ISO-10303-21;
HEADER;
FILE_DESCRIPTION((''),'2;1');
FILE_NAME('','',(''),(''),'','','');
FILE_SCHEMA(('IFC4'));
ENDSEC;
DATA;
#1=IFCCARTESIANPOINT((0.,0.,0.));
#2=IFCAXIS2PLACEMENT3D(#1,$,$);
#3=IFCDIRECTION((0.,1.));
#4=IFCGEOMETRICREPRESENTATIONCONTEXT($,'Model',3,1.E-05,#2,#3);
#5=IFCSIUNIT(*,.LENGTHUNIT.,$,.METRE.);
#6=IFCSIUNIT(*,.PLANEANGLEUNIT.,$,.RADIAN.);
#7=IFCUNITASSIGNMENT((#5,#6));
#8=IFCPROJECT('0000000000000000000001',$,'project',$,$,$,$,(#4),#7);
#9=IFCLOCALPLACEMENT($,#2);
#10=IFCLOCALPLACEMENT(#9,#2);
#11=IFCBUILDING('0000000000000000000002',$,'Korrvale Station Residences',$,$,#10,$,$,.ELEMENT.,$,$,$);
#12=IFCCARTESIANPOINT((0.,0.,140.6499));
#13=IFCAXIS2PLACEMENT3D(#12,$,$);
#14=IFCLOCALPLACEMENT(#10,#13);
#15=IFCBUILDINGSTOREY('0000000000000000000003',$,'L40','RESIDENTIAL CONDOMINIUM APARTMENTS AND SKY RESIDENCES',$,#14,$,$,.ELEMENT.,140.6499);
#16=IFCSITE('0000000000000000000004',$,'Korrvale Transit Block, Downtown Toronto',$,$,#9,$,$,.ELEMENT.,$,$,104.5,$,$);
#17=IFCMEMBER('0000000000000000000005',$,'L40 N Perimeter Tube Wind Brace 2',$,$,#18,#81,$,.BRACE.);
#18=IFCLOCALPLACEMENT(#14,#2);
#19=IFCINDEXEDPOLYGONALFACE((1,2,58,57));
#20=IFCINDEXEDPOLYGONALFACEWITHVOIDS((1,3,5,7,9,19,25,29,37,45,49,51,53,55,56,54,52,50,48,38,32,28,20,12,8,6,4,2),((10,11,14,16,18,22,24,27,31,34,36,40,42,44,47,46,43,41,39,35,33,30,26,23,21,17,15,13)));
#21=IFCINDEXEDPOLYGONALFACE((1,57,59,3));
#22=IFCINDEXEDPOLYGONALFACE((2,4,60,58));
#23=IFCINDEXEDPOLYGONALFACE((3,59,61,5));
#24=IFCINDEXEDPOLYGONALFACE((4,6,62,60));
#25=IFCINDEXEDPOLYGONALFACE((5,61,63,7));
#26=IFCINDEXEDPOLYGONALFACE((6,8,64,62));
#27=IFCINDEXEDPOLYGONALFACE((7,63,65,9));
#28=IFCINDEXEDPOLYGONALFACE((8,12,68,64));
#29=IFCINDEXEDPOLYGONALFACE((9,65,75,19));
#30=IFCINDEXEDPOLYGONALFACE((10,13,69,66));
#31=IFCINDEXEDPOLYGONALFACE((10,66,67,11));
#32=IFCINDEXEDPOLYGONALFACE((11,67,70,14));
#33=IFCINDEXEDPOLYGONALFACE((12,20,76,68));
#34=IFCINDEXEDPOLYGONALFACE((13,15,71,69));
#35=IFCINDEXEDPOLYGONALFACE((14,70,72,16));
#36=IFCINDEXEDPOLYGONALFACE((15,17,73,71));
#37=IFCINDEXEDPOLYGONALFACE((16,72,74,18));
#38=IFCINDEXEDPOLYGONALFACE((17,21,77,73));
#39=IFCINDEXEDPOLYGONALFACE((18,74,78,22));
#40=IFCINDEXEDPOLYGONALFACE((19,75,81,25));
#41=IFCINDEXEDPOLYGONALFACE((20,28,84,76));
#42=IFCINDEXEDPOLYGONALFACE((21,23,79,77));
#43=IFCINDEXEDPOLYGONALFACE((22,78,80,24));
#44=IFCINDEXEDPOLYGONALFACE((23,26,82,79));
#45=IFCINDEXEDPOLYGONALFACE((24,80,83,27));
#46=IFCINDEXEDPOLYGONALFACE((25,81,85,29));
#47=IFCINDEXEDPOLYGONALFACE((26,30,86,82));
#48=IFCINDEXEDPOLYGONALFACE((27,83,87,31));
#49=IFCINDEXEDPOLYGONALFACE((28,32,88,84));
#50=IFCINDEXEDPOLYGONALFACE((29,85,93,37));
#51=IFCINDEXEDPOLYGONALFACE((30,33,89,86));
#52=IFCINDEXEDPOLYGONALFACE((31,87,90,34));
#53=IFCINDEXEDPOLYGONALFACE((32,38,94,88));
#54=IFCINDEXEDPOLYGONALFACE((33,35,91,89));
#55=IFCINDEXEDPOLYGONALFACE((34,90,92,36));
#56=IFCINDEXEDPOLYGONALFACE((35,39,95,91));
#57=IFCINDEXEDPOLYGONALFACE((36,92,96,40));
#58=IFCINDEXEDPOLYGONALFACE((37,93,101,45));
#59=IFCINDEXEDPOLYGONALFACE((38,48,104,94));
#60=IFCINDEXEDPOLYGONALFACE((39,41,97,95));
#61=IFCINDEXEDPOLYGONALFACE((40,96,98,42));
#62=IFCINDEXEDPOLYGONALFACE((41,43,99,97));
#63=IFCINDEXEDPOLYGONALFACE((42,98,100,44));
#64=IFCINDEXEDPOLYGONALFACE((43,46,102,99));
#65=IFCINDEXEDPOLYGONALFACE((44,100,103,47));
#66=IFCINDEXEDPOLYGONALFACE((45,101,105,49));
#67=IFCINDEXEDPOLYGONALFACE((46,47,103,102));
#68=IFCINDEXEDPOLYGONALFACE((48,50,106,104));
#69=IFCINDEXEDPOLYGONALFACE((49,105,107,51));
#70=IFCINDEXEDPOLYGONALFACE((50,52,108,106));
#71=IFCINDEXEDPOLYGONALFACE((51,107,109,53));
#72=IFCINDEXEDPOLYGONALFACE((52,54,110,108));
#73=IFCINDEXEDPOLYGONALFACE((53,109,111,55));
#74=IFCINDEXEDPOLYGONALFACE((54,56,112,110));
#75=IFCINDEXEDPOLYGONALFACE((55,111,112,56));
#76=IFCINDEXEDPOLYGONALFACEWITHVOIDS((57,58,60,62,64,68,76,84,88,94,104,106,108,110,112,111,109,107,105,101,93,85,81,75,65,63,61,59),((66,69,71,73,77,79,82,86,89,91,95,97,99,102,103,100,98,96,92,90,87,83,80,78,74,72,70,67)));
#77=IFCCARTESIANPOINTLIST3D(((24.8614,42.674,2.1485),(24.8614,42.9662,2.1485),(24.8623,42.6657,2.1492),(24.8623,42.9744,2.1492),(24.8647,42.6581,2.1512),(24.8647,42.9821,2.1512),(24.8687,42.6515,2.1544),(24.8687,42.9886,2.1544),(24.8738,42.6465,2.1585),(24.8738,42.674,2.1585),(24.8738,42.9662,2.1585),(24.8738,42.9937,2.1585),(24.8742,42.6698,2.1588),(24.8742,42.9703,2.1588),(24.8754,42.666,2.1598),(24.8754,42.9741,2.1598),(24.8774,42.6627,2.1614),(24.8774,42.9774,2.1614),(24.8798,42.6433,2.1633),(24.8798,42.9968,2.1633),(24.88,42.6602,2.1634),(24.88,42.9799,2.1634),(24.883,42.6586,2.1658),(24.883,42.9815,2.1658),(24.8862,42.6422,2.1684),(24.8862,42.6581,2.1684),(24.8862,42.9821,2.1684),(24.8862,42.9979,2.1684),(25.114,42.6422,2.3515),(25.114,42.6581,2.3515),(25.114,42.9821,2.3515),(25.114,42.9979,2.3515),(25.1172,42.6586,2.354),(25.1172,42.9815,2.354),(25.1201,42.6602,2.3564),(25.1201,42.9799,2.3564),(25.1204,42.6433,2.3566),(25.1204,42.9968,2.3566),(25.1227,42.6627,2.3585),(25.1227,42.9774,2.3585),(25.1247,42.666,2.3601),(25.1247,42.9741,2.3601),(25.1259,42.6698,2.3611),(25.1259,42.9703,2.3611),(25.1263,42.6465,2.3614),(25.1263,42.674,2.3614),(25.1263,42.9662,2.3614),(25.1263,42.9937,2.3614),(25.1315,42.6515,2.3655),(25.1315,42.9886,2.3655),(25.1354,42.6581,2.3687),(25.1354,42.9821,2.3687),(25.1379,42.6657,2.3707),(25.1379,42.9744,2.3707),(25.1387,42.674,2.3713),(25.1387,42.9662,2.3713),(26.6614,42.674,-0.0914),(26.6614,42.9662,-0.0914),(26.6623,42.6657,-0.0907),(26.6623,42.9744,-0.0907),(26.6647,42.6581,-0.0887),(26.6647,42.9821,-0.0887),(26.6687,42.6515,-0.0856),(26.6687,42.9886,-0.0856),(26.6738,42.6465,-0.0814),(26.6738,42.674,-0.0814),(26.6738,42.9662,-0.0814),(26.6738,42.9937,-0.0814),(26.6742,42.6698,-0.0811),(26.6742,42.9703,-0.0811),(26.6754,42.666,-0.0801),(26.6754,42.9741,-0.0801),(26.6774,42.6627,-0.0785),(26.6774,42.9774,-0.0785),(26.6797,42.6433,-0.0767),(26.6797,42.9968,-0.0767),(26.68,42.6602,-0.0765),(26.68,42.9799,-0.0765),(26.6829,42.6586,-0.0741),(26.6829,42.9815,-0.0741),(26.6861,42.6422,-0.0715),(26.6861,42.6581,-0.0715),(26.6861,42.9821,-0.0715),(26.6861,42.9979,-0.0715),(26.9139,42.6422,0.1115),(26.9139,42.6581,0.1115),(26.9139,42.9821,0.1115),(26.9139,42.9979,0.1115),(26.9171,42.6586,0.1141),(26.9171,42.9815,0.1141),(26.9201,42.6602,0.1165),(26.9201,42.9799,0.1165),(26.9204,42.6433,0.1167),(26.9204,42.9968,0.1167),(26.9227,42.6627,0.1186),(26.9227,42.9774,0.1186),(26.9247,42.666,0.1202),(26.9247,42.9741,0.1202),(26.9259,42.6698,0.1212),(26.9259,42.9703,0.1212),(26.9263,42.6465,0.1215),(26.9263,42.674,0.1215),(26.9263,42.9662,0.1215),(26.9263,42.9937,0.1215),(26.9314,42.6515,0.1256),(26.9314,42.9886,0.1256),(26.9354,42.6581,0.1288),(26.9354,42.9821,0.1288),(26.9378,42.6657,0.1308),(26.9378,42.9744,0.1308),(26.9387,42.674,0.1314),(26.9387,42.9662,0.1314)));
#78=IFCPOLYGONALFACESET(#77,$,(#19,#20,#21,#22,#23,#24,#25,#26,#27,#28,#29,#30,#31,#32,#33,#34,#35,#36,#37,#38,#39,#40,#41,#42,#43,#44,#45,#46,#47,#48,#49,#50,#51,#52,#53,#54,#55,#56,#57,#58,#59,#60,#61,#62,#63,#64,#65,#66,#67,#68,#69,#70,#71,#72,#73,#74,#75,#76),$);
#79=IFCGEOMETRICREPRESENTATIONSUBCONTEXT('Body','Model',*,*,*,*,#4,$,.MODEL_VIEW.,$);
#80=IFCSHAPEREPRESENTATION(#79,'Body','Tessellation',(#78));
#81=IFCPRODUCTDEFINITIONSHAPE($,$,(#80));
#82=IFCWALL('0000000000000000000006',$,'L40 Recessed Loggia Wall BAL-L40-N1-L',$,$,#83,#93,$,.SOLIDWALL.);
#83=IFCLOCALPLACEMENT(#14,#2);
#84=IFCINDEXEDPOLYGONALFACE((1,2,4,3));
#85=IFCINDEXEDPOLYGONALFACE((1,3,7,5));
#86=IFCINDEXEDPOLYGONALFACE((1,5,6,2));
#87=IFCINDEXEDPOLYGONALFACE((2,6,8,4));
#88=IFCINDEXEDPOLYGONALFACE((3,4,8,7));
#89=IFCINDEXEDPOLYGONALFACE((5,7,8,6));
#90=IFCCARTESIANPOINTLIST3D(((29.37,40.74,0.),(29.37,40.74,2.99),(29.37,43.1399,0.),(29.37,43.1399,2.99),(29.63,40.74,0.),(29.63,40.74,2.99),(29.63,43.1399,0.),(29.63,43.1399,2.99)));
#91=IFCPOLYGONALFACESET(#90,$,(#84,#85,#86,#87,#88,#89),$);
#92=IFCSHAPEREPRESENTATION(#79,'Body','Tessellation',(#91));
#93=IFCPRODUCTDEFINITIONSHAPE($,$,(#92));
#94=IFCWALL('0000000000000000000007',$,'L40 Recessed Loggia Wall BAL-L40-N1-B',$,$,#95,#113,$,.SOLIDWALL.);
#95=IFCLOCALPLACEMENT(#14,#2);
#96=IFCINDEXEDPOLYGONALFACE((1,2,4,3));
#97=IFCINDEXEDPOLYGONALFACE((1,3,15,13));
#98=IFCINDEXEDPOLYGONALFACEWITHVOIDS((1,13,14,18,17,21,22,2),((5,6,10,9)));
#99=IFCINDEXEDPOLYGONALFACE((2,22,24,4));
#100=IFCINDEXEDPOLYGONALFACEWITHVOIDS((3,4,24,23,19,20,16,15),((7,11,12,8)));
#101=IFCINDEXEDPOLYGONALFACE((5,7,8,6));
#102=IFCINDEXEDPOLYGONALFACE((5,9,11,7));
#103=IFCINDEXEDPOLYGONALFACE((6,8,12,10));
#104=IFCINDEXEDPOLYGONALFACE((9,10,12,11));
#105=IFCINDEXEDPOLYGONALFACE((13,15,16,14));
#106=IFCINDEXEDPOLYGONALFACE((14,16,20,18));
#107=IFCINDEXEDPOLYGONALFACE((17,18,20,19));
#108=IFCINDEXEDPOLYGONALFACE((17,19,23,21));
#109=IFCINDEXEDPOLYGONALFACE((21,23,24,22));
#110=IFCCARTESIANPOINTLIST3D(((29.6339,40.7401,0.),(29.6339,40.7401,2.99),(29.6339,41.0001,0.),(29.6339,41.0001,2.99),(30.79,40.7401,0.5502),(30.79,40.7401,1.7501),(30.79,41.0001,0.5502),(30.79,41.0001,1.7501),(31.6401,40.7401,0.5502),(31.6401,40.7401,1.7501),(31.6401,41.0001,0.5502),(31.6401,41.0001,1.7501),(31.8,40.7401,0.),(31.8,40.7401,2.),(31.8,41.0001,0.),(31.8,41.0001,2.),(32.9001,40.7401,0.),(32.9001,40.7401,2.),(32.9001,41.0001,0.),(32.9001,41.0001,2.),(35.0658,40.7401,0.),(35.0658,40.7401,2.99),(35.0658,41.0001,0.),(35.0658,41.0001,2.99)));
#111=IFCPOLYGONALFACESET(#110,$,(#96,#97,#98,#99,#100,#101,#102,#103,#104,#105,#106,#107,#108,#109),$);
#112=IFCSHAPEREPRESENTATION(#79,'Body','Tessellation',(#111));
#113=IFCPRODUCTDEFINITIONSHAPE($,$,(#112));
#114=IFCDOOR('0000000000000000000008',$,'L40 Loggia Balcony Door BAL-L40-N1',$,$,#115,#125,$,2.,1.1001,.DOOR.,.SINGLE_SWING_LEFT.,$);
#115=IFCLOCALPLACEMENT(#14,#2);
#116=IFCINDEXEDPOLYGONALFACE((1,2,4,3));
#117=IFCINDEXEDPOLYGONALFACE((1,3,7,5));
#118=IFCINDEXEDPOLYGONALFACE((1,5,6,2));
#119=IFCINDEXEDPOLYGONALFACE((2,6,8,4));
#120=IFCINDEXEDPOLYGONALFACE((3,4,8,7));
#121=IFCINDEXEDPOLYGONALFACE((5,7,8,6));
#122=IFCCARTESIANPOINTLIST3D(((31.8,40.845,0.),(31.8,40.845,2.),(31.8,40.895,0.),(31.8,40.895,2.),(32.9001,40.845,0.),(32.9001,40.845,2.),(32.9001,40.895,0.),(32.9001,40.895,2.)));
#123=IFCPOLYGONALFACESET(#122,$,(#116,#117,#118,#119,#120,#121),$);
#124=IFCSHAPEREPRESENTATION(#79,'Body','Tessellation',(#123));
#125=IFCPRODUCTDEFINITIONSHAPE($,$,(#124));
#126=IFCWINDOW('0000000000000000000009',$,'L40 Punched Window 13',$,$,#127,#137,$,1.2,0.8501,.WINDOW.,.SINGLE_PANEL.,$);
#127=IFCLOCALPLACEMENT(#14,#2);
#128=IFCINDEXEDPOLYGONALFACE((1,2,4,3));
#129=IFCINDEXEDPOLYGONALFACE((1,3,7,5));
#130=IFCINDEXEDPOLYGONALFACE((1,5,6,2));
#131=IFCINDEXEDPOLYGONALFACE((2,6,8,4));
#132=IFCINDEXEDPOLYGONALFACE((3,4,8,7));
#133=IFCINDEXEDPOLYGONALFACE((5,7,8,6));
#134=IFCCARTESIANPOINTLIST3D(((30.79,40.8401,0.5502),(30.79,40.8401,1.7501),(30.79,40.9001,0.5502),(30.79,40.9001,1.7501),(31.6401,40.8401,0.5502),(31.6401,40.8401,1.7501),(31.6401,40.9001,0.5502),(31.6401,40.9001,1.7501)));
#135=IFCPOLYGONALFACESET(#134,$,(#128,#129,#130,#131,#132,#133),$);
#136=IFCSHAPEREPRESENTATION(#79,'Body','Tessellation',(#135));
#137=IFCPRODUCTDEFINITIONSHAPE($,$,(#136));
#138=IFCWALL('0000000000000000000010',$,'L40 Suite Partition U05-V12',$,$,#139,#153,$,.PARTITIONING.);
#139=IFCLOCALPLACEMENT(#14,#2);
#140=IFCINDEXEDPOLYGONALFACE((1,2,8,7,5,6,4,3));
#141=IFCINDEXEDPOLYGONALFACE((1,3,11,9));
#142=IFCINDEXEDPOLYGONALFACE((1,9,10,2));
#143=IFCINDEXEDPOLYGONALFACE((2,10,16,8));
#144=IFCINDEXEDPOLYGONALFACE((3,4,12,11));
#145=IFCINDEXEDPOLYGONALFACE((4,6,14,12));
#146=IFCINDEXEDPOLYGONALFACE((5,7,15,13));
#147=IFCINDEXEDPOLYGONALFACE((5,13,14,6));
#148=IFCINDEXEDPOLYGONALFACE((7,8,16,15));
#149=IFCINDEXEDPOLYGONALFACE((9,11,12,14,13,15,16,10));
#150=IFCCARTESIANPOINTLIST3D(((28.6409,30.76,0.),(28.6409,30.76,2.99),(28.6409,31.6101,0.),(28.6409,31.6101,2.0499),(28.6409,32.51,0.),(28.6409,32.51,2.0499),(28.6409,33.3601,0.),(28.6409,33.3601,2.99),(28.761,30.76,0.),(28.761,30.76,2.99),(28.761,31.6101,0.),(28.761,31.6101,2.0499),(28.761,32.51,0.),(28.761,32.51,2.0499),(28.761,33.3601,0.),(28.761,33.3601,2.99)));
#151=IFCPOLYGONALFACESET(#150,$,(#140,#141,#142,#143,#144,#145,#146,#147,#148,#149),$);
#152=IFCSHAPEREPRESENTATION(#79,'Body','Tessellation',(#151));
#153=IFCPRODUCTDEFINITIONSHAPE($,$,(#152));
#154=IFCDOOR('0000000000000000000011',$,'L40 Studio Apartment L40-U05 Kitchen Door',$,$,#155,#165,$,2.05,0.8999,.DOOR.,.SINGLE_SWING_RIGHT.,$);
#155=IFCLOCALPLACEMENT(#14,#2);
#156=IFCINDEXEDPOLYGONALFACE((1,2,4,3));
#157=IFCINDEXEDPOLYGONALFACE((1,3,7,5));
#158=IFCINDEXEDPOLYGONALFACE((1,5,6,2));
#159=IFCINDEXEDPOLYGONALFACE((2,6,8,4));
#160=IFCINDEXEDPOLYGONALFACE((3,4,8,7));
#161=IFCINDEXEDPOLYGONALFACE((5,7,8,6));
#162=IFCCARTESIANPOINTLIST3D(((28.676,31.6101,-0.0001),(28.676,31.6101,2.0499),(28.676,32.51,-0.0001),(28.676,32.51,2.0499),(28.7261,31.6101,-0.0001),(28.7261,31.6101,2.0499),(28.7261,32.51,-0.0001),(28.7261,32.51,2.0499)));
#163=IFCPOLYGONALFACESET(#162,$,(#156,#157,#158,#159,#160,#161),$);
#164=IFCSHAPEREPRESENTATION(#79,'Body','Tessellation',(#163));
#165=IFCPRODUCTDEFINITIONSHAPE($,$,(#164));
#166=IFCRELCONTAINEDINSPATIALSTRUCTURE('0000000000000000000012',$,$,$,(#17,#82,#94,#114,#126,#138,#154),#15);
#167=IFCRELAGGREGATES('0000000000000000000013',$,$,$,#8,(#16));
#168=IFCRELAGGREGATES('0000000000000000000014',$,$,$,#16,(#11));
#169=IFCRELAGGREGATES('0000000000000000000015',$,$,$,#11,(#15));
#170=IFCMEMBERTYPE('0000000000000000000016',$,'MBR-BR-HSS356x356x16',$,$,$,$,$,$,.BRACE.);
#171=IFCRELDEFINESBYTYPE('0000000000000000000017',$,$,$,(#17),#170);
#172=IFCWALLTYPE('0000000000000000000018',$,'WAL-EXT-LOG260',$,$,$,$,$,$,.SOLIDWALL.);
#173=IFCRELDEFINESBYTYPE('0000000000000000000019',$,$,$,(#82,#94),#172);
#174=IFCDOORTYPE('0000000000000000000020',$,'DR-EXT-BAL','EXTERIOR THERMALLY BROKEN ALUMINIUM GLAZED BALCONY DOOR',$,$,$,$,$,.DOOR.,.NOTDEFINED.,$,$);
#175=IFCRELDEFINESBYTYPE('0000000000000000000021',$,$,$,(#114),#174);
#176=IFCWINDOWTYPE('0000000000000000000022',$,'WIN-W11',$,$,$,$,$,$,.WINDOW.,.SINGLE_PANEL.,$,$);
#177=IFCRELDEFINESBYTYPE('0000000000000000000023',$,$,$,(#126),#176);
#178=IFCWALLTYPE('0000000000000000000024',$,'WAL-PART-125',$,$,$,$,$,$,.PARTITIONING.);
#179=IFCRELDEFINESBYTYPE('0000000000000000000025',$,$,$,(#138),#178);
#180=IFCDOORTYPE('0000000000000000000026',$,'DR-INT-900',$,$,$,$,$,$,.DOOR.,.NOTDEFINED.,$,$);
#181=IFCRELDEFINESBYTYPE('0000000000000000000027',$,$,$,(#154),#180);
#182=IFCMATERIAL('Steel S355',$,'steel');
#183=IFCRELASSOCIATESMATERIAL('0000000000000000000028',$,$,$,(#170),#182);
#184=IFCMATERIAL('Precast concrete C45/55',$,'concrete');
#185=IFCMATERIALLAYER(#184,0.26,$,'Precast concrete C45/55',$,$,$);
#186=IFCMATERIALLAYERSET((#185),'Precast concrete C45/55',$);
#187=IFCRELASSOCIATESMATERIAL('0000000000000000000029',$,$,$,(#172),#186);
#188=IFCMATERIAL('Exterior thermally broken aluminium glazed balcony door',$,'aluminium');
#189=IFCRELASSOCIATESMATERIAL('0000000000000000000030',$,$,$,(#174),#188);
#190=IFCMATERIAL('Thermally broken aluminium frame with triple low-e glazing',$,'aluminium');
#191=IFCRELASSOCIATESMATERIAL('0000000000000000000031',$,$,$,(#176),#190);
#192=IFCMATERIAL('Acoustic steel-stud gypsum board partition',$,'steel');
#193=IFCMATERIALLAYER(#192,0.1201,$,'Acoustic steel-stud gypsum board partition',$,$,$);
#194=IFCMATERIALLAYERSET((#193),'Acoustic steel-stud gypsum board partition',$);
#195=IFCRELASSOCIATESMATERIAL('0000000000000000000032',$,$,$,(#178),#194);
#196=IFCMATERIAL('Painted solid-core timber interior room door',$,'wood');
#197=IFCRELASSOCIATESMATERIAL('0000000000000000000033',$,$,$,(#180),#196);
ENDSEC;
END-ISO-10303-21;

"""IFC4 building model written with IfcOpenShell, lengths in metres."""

from ifc_helpers import new_model, si_unit, direction, frame, frame_2d, origin, origin_2d, place, context, subcontext, project, spatial, rectangle, hollow_rectangle, extrude, material, layer, layer_set, material_profile, profile_set, type_object, element, fill, save


model = new_model("IFC4")

# Units and contexts
model_context = context("Model", 3, precision=1e-05, world=origin(), true_north=direction((0.0, 1.0)))
body_context = subcontext(model_context, "Body", "Model", "MODEL_VIEW")
ifc_project = project(units=[si_unit("LENGTHUNIT", "METRE"), si_unit("PLANEANGLEUNIT", "RADIAN")], contexts=[model_context])

# Site, building, storey
site_placement = place(None, origin())
site = spatial("IfcSite", under=ifc_project, at=site_placement, Name="Korrvale Transit Block, Downtown Toronto", CompositionType="ELEMENT", RefElevation=104.5)
building_placement = place(site_placement, origin())
building = spatial("IfcBuilding", under=site, at=building_placement, Name="Korrvale Station Residences", CompositionType="ELEMENT")
storey_placement = place(building_placement, frame((0.0, 0.0, 140.6499)))
storey = spatial("IfcBuildingStorey", under=building, at=storey_placement, Name="L40", Description="RESIDENTIAL CONDOMINIUM APARTMENTS AND SKY RESIDENCES", CompositionType="ELEMENT", Elevation=140.6499)

# Shared definitions
ifc_material_1 = material(Name="Steel S355", Category="steel")

# Member
ifc_material_profile_1 = material_profile(ifc_material_1, hollow_rectangle(XDim=0.3557, YDim=0.3557, WallThickness=0.0159, InnerFilletRadius=0.0159, OuterFilletRadius=0.0317, at=origin_2d()), Name="HSS356x356x16")
ifc_profile_set_1 = profile_set([ifc_material_profile_1], Name="Steel S355")
member_type = type_object("IfcMemberType", Name="MBR-BR-HSS356x356x16", PredefinedType="BRACE", material=ifc_profile_set_1)
member_placement = place(storey_placement, frame((26.8, 42.8201, 0.02), z_axis=(-0.626403, 0.0, 0.779499), x_axis=(0.0, -1.0, 0.0)))
element("IfcMember", 1, at=member_placement, inside=storey, type_object=member_type, Name="L40 N Perimeter Tube Wind Brace 2", PredefinedType="BRACE", context=body_context, shape_type="SweptSolid", body=[
    extrude(hollow_rectangle(XDim=0.3557, YDim=0.3557, WallThickness=0.0159, InnerFilletRadius=0.0159, OuterFilletRadius=0.0317, at=origin_2d()), origin(), (0.0, 0.0, 1.0), 2.8735),
])

# Wall
ifc_material_2 = material(Name="Precast concrete C45/55", Category="concrete")
ifc_layer_1 = layer(ifc_material_2, 0.26, Name="Precast concrete C45/55")
ifc_layer_set_1 = layer_set([ifc_layer_1], Name="Precast concrete C45/55")
wall_type_1 = type_object("IfcWallType", Name="WAL-EXT-LOG260", PredefinedType="SOLIDWALL", material=ifc_layer_set_1)
wall_1_placement = place(storey_placement, frame((29.5, 43.1399, 0.0), z_axis=(0.0, 0.0, 1.0), x_axis=(0.0, -1.0, 0.0)))
element("IfcWall", 2, at=wall_1_placement, inside=storey, type_object=wall_type_1, Name="L40 Recessed Loggia Wall BAL-L40-N1-L", PredefinedType="SOLIDWALL", context=body_context, shape_type="SweptSolid", body=[
    extrude(rectangle(XDim=2.3999, YDim=0.26, at=frame_2d((1.2, 0.0))), origin(), (0.0, 0.0, 1.0), 2.99),
])

# Wall, openings, door, window
wall_2_placement = place(storey_placement, frame((29.634, 40.8701, 0.0), z_axis=(0.0, 0.0, 1.0), x_axis=(1.0, 0.0, 0.0)))
wall_2 = element("IfcWall", 3, at=wall_2_placement, inside=storey, type_object=wall_type_1, Name="L40 Recessed Loggia Wall BAL-L40-N1-B", PredefinedType="SOLIDWALL", context=body_context, shape_type="SweptSolid", body=[
    extrude(rectangle(XDim=5.4319, YDim=0.26, at=frame_2d((2.7158, 0.0))), origin(), (0.0, 0.0, 1.0), 2.99),
])
opening_1_placement = place(wall_2_placement, frame((2.166, 0.0, 0.0)))
opening_1 = element("IfcOpeningElement", 4, at=opening_1_placement, cuts=wall_2, PredefinedType="OPENING", context=body_context, shape_type="SweptSolid", body=[
    extrude(rectangle(XDim=1.1001, YDim=2.0, at=frame_2d((0.55, 1.0))), frame((0.0, 0.1401, 0.0), z_axis=(0.0, -1.0, 0.0), x_axis=(1.0, 0.0, 0.0)), (0.0, 0.0, 1.0), 0.28),
])
opening_2_placement = place(wall_2_placement, frame((1.156, 0.0, 0.55)))
opening_2 = element("IfcOpeningElement", 5, at=opening_2_placement, cuts=wall_2, PredefinedType="OPENING", context=body_context, shape_type="SweptSolid", body=[
    extrude(rectangle(XDim=0.8501, YDim=1.2, at=frame_2d((0.425, 0.6001))), frame((0.0, 0.1401, 0.0), z_axis=(0.0, -1.0, 0.0), x_axis=(1.0, 0.0, 0.0)), (0.0, 0.0, 1.0), 0.28),
])
ifc_material_3 = material(Name="Exterior thermally broken aluminium glazed balcony door", Category="aluminium")
door_type_1 = type_object("IfcDoorType", Name="DR-EXT-BAL", Description="EXTERIOR THERMALLY BROKEN ALUMINIUM GLAZED BALCONY DOOR", OperationType="NOTDEFINED", PredefinedType="DOOR", material=ifc_material_3)
door_1_placement = place(opening_1_placement, origin())
door_1 = element("IfcDoor", 6, at=door_1_placement, inside=storey, type_object=door_type_1, Name="L40 Loggia Balcony Door BAL-L40-N1", OperationType="SINGLE_SWING_LEFT", OverallHeight=2.0, OverallWidth=1.1001, PredefinedType="DOOR", context=body_context, shape_type="SweptSolid", body=[
    extrude(rectangle(XDim=1.1001, YDim=2.0, at=frame_2d((0.55, 1.0))), frame((0.0, 0.0249, 0.0), z_axis=(0.0, -1.0, 0.0), x_axis=(1.0, 0.0, 0.0)), (0.0, 0.0, 1.0), 0.05),
])
fill(opening_1, door_1)
ifc_material_4 = material(Name="Thermally broken aluminium frame with triple low-e glazing", Category="aluminium")
window_type = type_object("IfcWindowType", Name="WIN-W11", PartitioningType="SINGLE_PANEL", PredefinedType="WINDOW", material=ifc_material_4)
window_placement = place(opening_2_placement, origin())
window = element("IfcWindow", 7, at=window_placement, inside=storey, type_object=window_type, Name="L40 Punched Window 13", OverallHeight=1.2, OverallWidth=0.8501, PartitioningType="SINGLE_PANEL", PredefinedType="WINDOW", context=body_context, shape_type="SweptSolid", body=[
    extrude(rectangle(XDim=0.8501, YDim=1.2, at=frame_2d((0.425, 0.6001))), frame((0.0, 0.03, 0.0), z_axis=(0.0, -1.0, 0.0), x_axis=(1.0, 0.0, 0.0)), (0.0, 0.0, 1.0), 0.0601),
])
fill(opening_2, window)

# Wall, opening, door
ifc_material_5 = material(Name="Acoustic steel-stud gypsum board partition", Category="steel")
ifc_layer_2 = layer(ifc_material_5, 0.1201, Name="Acoustic steel-stud gypsum board partition")
ifc_layer_set_2 = layer_set([ifc_layer_2], Name="Acoustic steel-stud gypsum board partition")
wall_type_2 = type_object("IfcWallType", Name="WAL-PART-125", PredefinedType="PARTITIONING", material=ifc_layer_set_2)
wall_3_placement = place(storey_placement, frame((28.7009, 30.76, 0.0), z_axis=(0.0, 0.0, 1.0), x_axis=(0.0, 1.0, 0.0)))
wall_3 = element("IfcWall", 8, at=wall_3_placement, inside=storey, type_object=wall_type_2, Name="L40 Suite Partition U05-V12", PredefinedType="PARTITIONING", context=body_context, shape_type="SweptSolid", body=[
    extrude(rectangle(XDim=2.6001, YDim=0.1201, at=frame_2d((1.3, 0.0))), origin(), (0.0, 0.0, 1.0), 2.99),
])
opening_3_placement = place(wall_3_placement, frame((0.8501, 0.0, 0.0)))
opening_3 = element("IfcOpeningElement", 9, at=opening_3_placement, cuts=wall_3, PredefinedType="OPENING", context=body_context, shape_type="SweptSolid", body=[
    extrude(rectangle(XDim=0.8999, YDim=2.05, at=frame_2d((0.45, 1.0249))), frame((0.0, 0.0701, 0.0), z_axis=(0.0, -1.0, 0.0), x_axis=(1.0, 0.0, 0.0)), (0.0, 0.0, 1.0), 0.1401),
])
ifc_material_6 = material(Name="Painted solid-core timber interior room door", Category="wood")
door_type_2 = type_object("IfcDoorType", Name="DR-INT-900", OperationType="NOTDEFINED", PredefinedType="DOOR", material=ifc_material_6)
door_2_placement = place(opening_3_placement, origin())
door_2 = element("IfcDoor", 10, at=door_2_placement, inside=storey, type_object=door_type_2, Name="L40 Studio Apartment L40-U05 Kitchen Door", OperationType="SINGLE_SWING_RIGHT", OverallHeight=2.05, OverallWidth=0.8999, PredefinedType="DOOR", context=body_context, shape_type="SweptSolid", body=[
    extrude(rectangle(XDim=0.8999, YDim=2.05, at=frame_2d((0.45, 1.0249))), frame((0.0, 0.0249, 0.0), z_axis=(0.0, -1.0, 0.0), x_axis=(1.0, 0.0, 0.0)), (0.0, 0.0, 1.0), 0.05),
])
fill(opening_3, door_2)

save(model, "model.ifc")
